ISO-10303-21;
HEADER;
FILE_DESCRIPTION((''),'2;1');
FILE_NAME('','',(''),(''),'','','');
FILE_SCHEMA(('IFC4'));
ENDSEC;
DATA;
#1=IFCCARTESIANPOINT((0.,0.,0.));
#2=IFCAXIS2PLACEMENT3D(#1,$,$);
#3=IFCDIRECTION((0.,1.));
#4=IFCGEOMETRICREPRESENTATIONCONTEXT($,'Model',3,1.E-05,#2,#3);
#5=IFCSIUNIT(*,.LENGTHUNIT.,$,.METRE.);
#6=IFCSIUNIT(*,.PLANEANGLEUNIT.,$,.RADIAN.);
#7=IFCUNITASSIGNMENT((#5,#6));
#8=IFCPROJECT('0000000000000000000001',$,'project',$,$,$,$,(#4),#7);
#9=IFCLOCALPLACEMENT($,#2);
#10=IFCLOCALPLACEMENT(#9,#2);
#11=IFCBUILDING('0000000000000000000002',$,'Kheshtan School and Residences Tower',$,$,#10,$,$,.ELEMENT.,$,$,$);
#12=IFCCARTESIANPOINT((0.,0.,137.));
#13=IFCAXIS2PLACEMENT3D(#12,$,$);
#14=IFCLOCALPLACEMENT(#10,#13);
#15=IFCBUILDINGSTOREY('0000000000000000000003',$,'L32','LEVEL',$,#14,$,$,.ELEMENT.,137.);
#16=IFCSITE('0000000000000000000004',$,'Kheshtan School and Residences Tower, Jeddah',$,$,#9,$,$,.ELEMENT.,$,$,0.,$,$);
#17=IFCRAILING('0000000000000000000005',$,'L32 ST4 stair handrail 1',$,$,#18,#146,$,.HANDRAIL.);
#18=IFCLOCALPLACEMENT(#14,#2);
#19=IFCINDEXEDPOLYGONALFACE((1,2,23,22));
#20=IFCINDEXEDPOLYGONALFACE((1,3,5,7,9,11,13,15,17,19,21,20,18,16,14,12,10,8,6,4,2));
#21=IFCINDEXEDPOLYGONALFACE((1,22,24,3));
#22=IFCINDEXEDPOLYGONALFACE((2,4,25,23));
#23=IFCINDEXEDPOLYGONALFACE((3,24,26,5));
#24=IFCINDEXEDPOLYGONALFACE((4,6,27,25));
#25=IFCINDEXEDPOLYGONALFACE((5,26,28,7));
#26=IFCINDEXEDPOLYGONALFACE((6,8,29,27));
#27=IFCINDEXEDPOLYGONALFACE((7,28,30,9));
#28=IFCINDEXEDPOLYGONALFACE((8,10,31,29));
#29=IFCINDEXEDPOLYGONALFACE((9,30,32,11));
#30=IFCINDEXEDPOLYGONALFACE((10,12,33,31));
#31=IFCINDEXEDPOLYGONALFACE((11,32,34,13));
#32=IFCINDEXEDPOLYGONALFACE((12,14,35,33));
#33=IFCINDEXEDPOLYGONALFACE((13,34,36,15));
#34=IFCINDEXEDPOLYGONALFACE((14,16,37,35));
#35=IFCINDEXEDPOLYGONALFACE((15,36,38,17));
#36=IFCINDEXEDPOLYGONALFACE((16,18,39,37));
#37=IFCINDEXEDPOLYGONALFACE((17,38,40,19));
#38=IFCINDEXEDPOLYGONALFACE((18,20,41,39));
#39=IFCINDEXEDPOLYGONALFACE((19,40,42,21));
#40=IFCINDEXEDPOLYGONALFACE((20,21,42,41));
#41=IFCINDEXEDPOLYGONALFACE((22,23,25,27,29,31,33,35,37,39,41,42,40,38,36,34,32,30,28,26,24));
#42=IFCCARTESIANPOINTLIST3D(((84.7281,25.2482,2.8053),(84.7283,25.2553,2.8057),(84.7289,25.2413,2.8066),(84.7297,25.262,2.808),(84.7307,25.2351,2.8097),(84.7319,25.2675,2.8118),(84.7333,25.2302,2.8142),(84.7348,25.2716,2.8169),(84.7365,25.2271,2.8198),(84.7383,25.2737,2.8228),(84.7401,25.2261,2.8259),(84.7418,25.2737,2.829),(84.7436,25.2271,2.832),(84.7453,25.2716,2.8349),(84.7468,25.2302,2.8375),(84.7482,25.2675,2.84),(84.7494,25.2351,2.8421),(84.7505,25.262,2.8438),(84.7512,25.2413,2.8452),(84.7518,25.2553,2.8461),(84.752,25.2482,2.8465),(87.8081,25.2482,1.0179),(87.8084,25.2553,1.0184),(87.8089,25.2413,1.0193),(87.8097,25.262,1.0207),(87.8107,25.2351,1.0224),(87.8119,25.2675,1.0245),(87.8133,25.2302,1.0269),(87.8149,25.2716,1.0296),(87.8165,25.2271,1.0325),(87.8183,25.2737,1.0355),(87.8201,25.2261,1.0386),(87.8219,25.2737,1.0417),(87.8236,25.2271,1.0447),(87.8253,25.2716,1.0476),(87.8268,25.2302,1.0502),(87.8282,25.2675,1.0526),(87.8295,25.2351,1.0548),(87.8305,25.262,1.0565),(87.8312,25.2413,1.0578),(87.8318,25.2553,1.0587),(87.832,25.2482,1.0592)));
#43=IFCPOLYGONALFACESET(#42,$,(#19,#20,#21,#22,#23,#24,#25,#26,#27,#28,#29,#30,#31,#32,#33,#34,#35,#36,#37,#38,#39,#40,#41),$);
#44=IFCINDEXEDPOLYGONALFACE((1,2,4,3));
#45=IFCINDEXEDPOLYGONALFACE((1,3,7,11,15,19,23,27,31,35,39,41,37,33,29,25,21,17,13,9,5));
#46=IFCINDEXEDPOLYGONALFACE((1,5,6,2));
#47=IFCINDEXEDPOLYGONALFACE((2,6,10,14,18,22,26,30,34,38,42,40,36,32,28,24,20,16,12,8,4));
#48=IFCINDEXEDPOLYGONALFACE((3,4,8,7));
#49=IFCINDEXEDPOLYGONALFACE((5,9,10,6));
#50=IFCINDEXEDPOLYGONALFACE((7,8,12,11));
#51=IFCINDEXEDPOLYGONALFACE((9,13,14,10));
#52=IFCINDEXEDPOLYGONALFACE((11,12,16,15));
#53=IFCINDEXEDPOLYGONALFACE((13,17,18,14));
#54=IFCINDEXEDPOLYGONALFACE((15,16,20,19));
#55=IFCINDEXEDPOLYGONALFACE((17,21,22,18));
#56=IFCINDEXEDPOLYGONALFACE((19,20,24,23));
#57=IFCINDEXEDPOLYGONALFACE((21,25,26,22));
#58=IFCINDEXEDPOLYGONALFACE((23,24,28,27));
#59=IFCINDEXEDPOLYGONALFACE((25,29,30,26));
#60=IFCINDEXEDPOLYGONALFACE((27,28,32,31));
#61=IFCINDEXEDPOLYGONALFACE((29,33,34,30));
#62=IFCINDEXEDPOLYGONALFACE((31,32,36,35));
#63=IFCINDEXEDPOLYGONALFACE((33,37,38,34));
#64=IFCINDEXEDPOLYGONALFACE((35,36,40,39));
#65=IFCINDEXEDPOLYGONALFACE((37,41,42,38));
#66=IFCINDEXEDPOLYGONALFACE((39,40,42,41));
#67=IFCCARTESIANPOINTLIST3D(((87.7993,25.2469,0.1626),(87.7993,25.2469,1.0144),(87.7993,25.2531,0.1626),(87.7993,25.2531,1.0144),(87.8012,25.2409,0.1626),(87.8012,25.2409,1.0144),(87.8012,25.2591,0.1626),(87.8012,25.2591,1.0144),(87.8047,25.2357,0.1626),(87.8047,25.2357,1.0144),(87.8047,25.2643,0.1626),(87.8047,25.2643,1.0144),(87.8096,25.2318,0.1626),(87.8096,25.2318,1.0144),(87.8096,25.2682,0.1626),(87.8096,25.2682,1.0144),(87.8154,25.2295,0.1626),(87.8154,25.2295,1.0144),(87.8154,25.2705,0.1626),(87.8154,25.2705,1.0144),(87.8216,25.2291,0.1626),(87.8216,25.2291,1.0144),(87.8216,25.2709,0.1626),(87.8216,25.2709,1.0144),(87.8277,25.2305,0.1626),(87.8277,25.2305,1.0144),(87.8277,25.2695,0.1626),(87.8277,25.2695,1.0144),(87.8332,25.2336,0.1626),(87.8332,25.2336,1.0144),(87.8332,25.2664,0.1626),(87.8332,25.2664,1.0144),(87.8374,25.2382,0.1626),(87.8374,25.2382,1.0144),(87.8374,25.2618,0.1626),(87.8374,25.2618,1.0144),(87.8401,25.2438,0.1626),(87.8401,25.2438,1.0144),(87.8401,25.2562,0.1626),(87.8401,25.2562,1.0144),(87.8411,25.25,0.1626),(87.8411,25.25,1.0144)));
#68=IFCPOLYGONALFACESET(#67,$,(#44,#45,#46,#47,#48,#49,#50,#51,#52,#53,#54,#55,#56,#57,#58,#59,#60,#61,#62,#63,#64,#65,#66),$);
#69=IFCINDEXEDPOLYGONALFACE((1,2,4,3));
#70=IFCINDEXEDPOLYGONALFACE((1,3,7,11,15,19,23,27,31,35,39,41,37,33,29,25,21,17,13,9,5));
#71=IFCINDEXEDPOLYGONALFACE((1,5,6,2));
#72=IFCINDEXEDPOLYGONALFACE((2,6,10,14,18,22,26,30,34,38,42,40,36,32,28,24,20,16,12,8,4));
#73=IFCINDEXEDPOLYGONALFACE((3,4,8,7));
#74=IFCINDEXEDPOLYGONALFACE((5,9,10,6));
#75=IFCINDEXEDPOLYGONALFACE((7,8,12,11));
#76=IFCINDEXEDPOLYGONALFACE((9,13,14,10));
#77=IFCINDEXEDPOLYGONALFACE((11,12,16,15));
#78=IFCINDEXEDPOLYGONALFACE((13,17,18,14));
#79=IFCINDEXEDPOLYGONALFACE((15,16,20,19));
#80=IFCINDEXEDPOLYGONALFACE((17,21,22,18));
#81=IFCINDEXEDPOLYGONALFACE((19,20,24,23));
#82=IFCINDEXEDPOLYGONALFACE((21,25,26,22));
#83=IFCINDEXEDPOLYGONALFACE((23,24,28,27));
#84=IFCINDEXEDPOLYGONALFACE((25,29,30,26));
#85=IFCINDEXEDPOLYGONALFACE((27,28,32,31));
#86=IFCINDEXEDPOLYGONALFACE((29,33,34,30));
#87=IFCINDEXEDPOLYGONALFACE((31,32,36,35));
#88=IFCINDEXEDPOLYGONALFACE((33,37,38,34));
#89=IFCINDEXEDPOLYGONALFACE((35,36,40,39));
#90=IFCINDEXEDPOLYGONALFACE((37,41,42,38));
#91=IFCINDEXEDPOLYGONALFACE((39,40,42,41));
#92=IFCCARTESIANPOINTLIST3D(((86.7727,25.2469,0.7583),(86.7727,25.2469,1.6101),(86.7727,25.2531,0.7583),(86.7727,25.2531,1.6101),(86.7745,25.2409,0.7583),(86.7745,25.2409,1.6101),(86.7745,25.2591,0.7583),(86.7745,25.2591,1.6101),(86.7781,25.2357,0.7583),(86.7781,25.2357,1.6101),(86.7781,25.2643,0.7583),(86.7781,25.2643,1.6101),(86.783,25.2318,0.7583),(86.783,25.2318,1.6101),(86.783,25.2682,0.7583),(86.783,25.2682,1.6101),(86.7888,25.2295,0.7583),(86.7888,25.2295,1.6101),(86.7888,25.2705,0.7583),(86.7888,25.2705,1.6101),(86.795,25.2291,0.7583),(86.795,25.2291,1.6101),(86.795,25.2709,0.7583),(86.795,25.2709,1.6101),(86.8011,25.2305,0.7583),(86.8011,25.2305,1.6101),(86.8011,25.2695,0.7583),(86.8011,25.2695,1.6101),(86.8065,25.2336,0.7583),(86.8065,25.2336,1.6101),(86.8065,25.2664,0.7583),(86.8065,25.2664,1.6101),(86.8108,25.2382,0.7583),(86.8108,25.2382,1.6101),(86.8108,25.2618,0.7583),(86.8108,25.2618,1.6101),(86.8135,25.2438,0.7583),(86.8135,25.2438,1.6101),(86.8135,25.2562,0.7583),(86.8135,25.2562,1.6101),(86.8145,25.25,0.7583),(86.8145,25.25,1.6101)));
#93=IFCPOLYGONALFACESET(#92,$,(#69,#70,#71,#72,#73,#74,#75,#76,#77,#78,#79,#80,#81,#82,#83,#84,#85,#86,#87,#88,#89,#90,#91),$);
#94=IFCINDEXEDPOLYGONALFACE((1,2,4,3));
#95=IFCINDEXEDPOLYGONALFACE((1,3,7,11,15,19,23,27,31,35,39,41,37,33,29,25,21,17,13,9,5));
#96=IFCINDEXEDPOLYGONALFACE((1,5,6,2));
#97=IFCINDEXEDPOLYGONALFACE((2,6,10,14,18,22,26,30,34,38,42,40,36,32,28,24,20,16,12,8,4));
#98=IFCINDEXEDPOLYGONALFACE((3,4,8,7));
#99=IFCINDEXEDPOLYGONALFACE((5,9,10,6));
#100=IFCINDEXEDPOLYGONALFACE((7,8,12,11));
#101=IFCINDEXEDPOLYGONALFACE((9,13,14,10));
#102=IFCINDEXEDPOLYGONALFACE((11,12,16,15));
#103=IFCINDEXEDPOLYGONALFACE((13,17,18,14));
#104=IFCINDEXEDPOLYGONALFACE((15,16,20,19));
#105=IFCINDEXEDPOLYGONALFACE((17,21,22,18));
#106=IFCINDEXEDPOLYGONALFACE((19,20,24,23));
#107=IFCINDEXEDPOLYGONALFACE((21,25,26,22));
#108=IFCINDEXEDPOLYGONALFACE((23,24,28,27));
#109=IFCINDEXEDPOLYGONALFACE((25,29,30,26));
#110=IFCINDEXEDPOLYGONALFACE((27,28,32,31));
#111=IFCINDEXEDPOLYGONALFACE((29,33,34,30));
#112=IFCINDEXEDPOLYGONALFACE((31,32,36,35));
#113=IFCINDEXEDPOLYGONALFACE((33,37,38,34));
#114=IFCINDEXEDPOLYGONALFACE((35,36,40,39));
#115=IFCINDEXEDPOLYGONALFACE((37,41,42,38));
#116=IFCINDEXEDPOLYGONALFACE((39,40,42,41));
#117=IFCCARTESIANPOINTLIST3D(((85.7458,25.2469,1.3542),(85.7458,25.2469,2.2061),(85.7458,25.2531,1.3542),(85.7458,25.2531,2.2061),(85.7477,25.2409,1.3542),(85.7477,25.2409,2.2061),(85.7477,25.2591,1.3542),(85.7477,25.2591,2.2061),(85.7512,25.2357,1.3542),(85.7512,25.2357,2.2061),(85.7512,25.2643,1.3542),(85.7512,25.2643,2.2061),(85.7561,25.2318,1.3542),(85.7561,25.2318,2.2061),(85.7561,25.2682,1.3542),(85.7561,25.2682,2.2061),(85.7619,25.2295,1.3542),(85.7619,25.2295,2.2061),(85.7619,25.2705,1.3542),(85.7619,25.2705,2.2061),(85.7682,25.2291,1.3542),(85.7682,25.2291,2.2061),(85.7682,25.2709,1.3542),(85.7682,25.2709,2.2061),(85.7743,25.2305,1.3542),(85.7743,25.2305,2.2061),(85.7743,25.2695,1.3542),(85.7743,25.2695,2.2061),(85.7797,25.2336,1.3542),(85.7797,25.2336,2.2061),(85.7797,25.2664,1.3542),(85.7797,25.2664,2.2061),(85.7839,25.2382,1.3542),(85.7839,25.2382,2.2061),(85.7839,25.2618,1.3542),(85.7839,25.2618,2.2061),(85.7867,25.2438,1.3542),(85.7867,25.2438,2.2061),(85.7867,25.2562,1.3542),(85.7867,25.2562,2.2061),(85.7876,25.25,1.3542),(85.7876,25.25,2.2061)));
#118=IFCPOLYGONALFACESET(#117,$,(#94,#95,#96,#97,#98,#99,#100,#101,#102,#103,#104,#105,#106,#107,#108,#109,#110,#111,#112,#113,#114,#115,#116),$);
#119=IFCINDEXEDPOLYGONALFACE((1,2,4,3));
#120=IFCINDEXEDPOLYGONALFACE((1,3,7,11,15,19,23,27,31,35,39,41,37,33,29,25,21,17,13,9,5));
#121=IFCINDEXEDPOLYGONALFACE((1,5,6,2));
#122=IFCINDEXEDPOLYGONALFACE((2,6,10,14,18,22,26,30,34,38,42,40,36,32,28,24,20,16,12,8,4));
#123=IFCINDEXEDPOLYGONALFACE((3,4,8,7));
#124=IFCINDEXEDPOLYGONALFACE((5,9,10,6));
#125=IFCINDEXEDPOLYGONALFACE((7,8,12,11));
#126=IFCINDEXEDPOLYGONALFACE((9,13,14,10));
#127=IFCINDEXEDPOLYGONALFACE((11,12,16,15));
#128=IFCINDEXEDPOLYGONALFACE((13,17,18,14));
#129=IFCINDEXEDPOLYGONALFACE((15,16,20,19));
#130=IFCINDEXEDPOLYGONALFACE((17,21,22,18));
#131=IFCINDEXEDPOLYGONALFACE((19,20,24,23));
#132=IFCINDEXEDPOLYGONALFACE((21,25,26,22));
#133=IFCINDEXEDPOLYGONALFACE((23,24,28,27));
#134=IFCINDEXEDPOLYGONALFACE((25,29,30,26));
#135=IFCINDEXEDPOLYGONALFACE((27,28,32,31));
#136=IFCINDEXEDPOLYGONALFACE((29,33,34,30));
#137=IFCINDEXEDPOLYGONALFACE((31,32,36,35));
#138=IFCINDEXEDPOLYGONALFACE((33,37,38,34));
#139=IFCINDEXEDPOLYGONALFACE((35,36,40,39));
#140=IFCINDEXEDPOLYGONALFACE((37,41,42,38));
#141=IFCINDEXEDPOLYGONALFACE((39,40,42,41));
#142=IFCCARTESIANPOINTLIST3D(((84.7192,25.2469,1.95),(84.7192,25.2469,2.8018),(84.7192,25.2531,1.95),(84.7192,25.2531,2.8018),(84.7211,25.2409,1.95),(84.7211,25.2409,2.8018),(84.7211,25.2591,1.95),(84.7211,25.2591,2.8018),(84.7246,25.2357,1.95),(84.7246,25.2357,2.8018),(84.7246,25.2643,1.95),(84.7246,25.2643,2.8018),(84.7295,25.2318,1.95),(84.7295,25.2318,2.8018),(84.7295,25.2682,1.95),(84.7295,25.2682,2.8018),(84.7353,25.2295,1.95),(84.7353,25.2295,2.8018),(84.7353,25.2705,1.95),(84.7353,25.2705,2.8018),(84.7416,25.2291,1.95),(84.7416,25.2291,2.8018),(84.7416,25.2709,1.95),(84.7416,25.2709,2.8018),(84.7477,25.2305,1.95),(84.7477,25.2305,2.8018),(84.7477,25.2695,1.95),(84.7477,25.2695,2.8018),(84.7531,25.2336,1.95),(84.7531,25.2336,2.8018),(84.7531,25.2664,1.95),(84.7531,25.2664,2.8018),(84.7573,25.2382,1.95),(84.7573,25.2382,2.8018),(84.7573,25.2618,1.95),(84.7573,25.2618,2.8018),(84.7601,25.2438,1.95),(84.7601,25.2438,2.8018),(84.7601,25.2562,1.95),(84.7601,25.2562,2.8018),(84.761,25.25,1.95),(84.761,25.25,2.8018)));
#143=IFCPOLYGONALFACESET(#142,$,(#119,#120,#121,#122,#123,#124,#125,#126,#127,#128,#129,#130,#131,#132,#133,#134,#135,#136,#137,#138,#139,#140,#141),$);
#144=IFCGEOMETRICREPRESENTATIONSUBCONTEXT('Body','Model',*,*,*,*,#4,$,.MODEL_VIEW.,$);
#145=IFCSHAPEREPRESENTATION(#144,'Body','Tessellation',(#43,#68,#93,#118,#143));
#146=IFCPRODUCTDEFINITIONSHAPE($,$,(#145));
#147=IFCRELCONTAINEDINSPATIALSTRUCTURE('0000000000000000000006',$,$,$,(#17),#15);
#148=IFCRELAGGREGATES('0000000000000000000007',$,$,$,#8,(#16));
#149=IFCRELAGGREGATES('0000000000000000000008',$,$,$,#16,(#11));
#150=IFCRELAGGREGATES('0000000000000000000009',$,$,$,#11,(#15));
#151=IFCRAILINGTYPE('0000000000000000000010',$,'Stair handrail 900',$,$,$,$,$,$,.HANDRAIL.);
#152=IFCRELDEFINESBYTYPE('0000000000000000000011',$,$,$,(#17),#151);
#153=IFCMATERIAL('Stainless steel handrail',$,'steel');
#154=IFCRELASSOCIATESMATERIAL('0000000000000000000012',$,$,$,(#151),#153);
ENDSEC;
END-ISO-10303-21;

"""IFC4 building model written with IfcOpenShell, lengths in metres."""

from ifc_helpers import new_model, si_unit, direction, frame, origin, origin_2d, place, context, subcontext, project, spatial, circle, extrude, material, type_object, element, save


model = new_model("IFC4")

# Units and contexts
model_context = context("Model", 3, precision=1e-05, world=origin(), true_north=direction((0.0, 1.0)))
body_context = subcontext(model_context, "Body", "Model", "MODEL_VIEW")
ifc_project = project(units=[si_unit("LENGTHUNIT", "METRE"), si_unit("PLANEANGLEUNIT", "RADIAN")], contexts=[model_context])

# Site, building, storey
site_placement = place(None, origin())
site = spatial("IfcSite", under=ifc_project, at=site_placement, Name="Kheshtan School and Residences Tower, Jeddah", CompositionType="ELEMENT", RefElevation=0.0)
building_placement = place(site_placement, origin())
building = spatial("IfcBuilding", under=site, at=building_placement, Name="Kheshtan School and Residences Tower", CompositionType="ELEMENT")
storey_placement = place(building_placement, frame((0.0, 0.0, 137.0)))
storey = spatial("IfcBuildingStorey", under=building, at=storey_placement, Name="L32", Description="LEVEL", CompositionType="ELEMENT", Elevation=137.0)

# Railing
ifc_material_1 = material(Name="Stainless steel handrail", Category="steel")
railing_type_1 = type_object("IfcRailingType", Name="Stair handrail 900", PredefinedType="HANDRAIL", material=ifc_material_1)
railing_1_placement = place(storey_placement, frame((87.8201, 25.25, 0.1626)))
element("IfcRailing", 1, at=railing_1_placement, inside=storey, type_object=railing_type_1, Name="L32 ST4 stair handrail 1", PredefinedType="HANDRAIL", context=body_context, shape_type="SweptSolid", body=[
    extrude(circle(Radius=0.0239, at=origin_2d()), frame((0.0, 0.0, 0.876), z_axis=(-0.86492, 0.0, 0.501909), x_axis=(0.0, -1.0, 0.0)), (0.0, 0.0, 1.0), 3.561),
    extrude(circle(Radius=0.021, at=origin_2d()), origin(), (0.0, 0.0, 1.0), 0.8518),
    extrude(circle(Radius=0.021, at=origin_2d()), frame((-1.0266, 0.0, 0.5957)), (0.0, 0.0, 1.0), 0.8518),
    extrude(circle(Radius=0.021, at=origin_2d()), frame((-2.0535, 0.0, 1.1917)), (0.0, 0.0, 1.0), 0.8518),
    extrude(circle(Radius=0.021, at=origin_2d()), frame((-3.0801, 0.0, 1.7874)), (0.0, 0.0, 1.0), 0.8518),
])

save(model, "model.ifc")
